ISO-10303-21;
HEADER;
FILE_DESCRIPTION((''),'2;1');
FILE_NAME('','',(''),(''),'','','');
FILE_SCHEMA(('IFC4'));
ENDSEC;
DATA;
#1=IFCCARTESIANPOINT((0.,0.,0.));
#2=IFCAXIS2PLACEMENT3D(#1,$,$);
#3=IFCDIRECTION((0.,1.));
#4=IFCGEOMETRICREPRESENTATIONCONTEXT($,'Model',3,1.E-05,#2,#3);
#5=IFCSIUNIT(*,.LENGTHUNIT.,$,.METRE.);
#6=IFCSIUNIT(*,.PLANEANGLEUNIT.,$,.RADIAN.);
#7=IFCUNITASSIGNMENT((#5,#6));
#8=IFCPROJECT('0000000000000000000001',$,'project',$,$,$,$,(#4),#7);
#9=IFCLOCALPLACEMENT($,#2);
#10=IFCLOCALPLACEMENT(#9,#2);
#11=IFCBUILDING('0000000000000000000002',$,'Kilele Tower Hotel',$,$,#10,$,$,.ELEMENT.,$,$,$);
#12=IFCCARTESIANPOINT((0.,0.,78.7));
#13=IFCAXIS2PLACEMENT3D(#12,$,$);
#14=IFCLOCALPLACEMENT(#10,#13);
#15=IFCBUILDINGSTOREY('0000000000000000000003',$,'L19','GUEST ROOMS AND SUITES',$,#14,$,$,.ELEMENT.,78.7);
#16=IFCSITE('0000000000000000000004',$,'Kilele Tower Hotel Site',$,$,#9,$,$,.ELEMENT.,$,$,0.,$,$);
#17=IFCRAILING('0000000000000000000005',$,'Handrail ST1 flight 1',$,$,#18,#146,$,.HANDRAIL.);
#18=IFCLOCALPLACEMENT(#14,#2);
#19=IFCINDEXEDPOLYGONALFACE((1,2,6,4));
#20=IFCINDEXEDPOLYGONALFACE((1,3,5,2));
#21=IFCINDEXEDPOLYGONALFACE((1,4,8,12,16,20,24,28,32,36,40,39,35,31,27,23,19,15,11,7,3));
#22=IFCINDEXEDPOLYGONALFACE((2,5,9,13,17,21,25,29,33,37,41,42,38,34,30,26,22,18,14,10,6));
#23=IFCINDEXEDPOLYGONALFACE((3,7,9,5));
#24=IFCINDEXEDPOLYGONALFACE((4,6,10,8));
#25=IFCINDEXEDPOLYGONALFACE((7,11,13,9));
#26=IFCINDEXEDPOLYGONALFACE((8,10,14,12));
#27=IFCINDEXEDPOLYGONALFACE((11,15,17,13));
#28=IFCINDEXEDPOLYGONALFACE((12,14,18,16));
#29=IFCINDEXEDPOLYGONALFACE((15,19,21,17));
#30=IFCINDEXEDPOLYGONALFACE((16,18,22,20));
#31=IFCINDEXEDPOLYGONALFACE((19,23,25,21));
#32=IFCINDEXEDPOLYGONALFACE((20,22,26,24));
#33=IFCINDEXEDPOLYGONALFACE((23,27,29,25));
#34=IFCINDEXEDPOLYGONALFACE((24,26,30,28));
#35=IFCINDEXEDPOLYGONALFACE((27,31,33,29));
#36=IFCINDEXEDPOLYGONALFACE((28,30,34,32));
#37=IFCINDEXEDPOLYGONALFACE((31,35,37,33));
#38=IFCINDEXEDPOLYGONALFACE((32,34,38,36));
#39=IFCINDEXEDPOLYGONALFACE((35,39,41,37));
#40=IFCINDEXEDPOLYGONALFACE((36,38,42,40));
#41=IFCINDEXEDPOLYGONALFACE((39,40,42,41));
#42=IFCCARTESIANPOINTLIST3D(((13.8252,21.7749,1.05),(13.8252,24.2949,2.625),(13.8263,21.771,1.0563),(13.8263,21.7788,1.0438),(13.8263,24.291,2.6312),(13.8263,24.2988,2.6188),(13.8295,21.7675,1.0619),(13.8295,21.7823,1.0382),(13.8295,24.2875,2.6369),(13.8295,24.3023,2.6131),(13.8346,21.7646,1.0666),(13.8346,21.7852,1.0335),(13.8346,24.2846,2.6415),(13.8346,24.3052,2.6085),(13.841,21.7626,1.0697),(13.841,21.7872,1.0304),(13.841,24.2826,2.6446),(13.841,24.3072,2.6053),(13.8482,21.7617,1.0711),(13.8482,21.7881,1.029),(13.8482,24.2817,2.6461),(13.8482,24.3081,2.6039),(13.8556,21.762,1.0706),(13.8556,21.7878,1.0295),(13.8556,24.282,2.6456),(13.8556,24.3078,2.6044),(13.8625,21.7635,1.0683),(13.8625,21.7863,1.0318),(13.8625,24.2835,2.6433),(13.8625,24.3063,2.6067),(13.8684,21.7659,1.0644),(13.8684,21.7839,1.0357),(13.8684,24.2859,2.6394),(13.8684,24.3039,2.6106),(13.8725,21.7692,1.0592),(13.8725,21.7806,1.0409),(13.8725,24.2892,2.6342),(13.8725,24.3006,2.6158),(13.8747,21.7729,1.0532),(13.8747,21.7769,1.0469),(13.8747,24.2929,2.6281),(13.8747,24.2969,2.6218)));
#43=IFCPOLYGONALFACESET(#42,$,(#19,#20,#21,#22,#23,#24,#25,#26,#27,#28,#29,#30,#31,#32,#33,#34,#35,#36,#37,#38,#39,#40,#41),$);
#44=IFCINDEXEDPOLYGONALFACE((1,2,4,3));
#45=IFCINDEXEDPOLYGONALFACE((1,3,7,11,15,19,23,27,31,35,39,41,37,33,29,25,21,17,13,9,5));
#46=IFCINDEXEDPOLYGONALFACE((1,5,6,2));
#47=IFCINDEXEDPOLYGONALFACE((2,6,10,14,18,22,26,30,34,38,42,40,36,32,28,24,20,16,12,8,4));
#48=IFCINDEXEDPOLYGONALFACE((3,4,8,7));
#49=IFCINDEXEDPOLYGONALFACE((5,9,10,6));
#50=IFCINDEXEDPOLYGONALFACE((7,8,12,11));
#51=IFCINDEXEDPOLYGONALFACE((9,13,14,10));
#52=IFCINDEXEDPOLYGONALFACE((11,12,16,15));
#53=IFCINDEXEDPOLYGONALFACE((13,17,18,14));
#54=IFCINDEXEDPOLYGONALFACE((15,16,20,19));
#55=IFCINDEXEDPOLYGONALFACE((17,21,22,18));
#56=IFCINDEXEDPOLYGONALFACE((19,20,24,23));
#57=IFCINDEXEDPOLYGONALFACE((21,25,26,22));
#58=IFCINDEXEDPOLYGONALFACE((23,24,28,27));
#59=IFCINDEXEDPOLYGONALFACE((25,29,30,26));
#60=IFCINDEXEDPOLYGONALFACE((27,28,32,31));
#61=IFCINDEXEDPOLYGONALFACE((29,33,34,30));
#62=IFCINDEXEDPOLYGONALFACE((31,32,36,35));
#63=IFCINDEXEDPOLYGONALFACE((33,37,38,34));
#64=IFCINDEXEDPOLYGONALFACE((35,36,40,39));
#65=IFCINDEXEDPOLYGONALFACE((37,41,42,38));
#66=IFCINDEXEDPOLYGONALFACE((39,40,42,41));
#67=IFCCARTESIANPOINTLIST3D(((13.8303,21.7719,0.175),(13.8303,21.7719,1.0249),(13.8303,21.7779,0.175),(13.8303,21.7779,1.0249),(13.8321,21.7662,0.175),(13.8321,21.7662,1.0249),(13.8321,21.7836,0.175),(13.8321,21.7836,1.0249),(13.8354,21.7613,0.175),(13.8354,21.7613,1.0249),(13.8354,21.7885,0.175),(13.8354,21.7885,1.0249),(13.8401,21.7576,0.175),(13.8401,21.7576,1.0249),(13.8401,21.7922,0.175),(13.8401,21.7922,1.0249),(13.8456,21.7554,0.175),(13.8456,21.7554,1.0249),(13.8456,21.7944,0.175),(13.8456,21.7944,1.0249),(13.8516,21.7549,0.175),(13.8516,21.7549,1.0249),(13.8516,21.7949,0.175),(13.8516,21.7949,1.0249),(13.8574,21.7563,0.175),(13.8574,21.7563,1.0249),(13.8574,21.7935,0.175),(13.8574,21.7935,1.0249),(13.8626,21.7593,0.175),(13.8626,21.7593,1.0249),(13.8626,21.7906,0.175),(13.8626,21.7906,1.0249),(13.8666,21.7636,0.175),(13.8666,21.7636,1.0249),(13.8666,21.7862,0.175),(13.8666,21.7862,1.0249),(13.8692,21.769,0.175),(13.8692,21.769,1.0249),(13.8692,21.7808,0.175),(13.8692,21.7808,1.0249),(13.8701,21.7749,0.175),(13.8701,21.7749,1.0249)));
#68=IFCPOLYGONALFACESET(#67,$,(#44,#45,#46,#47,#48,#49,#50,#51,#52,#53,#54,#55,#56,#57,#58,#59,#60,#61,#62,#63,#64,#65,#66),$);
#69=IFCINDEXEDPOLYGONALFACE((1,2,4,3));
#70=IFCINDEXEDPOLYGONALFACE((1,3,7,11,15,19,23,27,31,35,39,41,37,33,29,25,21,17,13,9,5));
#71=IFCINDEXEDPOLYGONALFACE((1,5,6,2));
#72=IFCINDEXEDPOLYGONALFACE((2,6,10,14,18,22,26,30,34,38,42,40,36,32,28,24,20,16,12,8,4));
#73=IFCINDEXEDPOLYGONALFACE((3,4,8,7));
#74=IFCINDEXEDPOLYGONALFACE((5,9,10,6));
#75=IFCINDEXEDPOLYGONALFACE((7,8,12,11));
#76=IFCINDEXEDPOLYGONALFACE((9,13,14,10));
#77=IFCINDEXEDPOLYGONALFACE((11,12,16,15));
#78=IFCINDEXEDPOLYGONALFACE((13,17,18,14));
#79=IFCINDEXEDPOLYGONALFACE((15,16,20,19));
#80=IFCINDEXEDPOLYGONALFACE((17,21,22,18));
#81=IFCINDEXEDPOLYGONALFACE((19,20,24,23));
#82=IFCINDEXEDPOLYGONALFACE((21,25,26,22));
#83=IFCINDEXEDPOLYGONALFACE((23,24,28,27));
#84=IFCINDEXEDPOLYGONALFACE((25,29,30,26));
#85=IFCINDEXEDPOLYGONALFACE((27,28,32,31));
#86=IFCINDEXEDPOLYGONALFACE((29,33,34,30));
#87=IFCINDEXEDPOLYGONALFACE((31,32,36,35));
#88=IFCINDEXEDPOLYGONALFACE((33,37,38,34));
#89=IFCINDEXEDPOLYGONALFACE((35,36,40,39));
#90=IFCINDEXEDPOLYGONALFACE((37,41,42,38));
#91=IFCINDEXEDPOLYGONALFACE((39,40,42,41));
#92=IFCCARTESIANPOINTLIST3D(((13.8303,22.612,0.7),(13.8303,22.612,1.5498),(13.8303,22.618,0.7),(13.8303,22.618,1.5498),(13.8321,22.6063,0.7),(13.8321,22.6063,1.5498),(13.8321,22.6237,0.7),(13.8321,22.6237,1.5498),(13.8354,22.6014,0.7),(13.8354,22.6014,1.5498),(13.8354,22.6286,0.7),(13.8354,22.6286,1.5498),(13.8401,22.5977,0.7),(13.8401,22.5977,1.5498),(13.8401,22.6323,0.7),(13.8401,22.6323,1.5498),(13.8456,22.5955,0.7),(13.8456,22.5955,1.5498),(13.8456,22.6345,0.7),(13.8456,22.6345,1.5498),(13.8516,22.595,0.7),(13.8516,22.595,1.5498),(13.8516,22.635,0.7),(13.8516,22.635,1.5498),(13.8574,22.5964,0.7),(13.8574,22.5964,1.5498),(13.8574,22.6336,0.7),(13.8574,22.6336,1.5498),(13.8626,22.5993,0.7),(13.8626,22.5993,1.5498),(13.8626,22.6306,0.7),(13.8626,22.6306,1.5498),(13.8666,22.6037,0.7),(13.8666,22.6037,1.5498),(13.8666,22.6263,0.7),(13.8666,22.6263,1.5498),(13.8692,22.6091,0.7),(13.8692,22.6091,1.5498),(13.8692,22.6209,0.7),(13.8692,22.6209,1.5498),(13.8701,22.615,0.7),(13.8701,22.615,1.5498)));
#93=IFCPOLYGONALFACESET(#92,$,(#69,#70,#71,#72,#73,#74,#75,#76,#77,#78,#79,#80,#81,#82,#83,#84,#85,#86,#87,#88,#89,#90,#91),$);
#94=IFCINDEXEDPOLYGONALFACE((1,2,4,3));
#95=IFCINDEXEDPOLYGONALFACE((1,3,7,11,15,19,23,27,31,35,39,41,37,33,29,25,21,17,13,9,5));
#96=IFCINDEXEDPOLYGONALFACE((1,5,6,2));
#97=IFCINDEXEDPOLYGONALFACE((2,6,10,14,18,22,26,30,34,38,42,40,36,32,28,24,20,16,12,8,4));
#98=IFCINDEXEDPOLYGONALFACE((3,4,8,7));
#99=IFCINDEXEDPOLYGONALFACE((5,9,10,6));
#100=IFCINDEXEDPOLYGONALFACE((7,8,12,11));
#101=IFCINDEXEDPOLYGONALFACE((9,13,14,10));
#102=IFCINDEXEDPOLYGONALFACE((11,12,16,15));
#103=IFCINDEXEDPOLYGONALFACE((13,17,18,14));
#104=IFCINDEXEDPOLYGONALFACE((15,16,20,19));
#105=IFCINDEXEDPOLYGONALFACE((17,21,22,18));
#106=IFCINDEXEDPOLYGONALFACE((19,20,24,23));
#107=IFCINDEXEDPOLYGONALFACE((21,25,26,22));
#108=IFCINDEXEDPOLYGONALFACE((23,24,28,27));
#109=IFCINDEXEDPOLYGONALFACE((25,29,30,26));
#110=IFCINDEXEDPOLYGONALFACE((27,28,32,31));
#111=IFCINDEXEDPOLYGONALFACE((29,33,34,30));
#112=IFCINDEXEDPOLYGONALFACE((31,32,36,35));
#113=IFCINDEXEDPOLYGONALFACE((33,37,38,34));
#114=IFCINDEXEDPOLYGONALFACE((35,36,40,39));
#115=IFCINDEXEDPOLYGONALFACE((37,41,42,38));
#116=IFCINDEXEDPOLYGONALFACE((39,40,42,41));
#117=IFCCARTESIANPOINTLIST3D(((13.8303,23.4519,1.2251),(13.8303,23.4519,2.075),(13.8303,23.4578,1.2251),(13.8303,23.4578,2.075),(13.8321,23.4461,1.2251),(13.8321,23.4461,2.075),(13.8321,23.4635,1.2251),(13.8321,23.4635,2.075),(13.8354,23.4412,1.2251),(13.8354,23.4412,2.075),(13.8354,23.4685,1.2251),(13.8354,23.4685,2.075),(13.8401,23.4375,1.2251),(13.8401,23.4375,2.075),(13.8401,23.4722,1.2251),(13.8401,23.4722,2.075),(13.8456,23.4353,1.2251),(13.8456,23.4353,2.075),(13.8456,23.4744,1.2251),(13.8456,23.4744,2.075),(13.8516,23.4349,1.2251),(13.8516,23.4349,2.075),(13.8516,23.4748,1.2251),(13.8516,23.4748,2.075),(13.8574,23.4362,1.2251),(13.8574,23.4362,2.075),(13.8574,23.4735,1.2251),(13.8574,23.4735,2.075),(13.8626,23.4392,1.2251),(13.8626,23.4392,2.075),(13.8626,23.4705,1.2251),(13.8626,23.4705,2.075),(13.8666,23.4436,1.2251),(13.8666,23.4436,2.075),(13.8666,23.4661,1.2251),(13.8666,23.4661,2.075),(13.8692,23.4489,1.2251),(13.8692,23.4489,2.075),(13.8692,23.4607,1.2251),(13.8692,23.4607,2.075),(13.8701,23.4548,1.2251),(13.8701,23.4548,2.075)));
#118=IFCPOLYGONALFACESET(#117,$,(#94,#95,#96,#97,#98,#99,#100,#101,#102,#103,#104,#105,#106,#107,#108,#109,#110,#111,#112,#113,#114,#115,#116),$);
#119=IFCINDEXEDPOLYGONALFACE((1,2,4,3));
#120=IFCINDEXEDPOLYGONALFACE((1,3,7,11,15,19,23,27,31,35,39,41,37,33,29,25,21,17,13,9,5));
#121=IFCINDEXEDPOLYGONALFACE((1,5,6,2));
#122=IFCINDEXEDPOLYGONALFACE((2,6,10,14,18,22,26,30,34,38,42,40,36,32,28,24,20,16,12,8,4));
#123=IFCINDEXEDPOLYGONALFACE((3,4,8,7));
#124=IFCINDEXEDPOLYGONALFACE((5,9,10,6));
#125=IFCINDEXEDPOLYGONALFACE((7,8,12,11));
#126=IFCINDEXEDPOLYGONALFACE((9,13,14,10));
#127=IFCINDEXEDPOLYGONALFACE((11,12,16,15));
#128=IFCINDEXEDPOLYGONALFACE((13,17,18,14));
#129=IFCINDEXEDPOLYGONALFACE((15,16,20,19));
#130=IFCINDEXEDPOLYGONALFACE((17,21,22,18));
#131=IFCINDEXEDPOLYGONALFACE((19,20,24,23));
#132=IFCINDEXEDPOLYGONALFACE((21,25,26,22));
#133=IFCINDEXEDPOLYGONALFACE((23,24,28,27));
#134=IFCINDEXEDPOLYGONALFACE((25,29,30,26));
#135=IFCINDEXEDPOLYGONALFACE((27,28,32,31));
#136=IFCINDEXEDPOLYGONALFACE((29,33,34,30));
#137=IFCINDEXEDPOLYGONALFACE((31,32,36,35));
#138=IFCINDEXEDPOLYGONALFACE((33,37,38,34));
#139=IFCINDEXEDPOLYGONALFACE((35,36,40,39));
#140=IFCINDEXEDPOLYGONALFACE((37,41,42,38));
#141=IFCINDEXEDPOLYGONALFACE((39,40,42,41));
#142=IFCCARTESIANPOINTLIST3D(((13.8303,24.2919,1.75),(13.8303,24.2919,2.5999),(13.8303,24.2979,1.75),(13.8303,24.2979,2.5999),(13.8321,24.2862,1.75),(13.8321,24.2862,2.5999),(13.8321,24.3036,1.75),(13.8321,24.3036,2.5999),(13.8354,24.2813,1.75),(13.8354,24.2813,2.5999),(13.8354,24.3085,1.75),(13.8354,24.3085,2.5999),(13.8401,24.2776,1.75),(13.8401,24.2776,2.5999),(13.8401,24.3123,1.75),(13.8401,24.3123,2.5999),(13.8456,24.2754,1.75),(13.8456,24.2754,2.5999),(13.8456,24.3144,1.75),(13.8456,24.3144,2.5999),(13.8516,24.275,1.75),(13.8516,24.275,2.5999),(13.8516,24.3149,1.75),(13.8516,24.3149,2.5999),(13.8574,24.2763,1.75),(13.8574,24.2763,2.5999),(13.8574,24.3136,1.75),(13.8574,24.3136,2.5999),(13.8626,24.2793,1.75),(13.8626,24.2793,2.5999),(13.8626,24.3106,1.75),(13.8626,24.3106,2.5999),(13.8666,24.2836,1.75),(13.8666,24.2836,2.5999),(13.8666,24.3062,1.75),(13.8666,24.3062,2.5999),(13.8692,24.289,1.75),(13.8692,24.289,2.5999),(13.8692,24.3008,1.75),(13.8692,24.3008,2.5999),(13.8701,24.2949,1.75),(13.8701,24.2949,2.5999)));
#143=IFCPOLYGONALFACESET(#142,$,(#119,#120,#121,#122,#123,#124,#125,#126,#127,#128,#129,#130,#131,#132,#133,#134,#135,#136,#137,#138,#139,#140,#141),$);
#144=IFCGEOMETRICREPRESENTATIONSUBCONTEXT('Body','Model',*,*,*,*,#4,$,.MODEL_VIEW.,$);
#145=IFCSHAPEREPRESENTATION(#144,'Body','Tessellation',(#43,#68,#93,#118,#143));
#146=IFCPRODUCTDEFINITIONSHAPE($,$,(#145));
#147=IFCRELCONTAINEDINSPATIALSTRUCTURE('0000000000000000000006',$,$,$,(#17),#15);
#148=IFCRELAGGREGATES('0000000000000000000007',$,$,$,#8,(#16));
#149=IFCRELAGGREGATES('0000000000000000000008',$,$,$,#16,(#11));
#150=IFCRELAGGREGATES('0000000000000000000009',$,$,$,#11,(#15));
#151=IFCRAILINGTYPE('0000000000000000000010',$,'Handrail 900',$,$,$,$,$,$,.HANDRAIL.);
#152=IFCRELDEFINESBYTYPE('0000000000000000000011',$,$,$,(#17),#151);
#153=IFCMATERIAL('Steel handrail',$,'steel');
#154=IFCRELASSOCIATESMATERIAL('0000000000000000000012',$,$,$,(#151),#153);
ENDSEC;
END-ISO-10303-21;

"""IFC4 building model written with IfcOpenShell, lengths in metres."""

from ifc_helpers import new_model, si_unit, direction, frame, origin, origin_2d, place, context, subcontext, project, spatial, circle, extrude, material, type_object, element, save


model = new_model("IFC4")

# Units and contexts
model_context = context("Model", 3, precision=1e-05, world=origin(), true_north=direction((0.0, 1.0)))
body_context = subcontext(model_context, "Body", "Model", "MODEL_VIEW")
ifc_project = project(units=[si_unit("LENGTHUNIT", "METRE"), si_unit("PLANEANGLEUNIT", "RADIAN")], contexts=[model_context])

# Site, building, storey
site_placement = place(None, origin())
site = spatial("IfcSite", under=ifc_project, at=site_placement, Name="Kilele Tower Hotel Site", CompositionType="ELEMENT", RefElevation=0.0)
building_placement = place(site_placement, origin())
building = spatial("IfcBuilding", under=site, at=building_placement, Name="Kilele Tower Hotel", CompositionType="ELEMENT")
storey_placement = place(building_placement, frame((0.0, 0.0, 78.7)))
storey = spatial("IfcBuildingStorey", under=building, at=storey_placement, Name="L19", Description="GUEST ROOMS AND SUITES", CompositionType="ELEMENT", Elevation=78.7)

# Railing
ifc_material_1 = material(Name="Steel handrail", Category="steel")
railing_type_1 = type_object("IfcRailingType", Name="Handrail 900", PredefinedType="HANDRAIL", material=ifc_material_1)
for number, where, name in (
    (1, (13.8501, 21.7749, 0.175), "Handrail ST1 flight 1"),
):
    element("IfcRailing", number, at=place(storey_placement, frame(where)), inside=storey, type_object=railing_type_1, Name=name, PredefinedType="HANDRAIL", context=body_context, shape_type="SweptSolid", body=[
        extrude(circle(Radius=0.0249, at=origin_2d()), frame((0.0, 0.0, 0.875), z_axis=(0.0, 0.848008, 0.529984), x_axis=(-1.0, 0.0, 0.0)), (0.0, 0.0, 1.0), 2.9717),
        extrude(circle(Radius=0.02, at=origin_2d()), origin(), (0.0, 0.0, 1.0), 0.8499),
        extrude(circle(Radius=0.02, at=origin_2d()), frame((0.0, 0.8401, 0.5249)), (0.0, 0.0, 1.0), 0.8499),
        extrude(circle(Radius=0.02, at=origin_2d()), frame((0.0, 1.6799, 1.05)), (0.0, 0.0, 1.0), 0.8499),
        extrude(circle(Radius=0.02, at=origin_2d()), frame((0.0, 2.52, 1.575)), (0.0, 0.0, 1.0), 0.8499),
    ])

save(model, "model.ifc")
